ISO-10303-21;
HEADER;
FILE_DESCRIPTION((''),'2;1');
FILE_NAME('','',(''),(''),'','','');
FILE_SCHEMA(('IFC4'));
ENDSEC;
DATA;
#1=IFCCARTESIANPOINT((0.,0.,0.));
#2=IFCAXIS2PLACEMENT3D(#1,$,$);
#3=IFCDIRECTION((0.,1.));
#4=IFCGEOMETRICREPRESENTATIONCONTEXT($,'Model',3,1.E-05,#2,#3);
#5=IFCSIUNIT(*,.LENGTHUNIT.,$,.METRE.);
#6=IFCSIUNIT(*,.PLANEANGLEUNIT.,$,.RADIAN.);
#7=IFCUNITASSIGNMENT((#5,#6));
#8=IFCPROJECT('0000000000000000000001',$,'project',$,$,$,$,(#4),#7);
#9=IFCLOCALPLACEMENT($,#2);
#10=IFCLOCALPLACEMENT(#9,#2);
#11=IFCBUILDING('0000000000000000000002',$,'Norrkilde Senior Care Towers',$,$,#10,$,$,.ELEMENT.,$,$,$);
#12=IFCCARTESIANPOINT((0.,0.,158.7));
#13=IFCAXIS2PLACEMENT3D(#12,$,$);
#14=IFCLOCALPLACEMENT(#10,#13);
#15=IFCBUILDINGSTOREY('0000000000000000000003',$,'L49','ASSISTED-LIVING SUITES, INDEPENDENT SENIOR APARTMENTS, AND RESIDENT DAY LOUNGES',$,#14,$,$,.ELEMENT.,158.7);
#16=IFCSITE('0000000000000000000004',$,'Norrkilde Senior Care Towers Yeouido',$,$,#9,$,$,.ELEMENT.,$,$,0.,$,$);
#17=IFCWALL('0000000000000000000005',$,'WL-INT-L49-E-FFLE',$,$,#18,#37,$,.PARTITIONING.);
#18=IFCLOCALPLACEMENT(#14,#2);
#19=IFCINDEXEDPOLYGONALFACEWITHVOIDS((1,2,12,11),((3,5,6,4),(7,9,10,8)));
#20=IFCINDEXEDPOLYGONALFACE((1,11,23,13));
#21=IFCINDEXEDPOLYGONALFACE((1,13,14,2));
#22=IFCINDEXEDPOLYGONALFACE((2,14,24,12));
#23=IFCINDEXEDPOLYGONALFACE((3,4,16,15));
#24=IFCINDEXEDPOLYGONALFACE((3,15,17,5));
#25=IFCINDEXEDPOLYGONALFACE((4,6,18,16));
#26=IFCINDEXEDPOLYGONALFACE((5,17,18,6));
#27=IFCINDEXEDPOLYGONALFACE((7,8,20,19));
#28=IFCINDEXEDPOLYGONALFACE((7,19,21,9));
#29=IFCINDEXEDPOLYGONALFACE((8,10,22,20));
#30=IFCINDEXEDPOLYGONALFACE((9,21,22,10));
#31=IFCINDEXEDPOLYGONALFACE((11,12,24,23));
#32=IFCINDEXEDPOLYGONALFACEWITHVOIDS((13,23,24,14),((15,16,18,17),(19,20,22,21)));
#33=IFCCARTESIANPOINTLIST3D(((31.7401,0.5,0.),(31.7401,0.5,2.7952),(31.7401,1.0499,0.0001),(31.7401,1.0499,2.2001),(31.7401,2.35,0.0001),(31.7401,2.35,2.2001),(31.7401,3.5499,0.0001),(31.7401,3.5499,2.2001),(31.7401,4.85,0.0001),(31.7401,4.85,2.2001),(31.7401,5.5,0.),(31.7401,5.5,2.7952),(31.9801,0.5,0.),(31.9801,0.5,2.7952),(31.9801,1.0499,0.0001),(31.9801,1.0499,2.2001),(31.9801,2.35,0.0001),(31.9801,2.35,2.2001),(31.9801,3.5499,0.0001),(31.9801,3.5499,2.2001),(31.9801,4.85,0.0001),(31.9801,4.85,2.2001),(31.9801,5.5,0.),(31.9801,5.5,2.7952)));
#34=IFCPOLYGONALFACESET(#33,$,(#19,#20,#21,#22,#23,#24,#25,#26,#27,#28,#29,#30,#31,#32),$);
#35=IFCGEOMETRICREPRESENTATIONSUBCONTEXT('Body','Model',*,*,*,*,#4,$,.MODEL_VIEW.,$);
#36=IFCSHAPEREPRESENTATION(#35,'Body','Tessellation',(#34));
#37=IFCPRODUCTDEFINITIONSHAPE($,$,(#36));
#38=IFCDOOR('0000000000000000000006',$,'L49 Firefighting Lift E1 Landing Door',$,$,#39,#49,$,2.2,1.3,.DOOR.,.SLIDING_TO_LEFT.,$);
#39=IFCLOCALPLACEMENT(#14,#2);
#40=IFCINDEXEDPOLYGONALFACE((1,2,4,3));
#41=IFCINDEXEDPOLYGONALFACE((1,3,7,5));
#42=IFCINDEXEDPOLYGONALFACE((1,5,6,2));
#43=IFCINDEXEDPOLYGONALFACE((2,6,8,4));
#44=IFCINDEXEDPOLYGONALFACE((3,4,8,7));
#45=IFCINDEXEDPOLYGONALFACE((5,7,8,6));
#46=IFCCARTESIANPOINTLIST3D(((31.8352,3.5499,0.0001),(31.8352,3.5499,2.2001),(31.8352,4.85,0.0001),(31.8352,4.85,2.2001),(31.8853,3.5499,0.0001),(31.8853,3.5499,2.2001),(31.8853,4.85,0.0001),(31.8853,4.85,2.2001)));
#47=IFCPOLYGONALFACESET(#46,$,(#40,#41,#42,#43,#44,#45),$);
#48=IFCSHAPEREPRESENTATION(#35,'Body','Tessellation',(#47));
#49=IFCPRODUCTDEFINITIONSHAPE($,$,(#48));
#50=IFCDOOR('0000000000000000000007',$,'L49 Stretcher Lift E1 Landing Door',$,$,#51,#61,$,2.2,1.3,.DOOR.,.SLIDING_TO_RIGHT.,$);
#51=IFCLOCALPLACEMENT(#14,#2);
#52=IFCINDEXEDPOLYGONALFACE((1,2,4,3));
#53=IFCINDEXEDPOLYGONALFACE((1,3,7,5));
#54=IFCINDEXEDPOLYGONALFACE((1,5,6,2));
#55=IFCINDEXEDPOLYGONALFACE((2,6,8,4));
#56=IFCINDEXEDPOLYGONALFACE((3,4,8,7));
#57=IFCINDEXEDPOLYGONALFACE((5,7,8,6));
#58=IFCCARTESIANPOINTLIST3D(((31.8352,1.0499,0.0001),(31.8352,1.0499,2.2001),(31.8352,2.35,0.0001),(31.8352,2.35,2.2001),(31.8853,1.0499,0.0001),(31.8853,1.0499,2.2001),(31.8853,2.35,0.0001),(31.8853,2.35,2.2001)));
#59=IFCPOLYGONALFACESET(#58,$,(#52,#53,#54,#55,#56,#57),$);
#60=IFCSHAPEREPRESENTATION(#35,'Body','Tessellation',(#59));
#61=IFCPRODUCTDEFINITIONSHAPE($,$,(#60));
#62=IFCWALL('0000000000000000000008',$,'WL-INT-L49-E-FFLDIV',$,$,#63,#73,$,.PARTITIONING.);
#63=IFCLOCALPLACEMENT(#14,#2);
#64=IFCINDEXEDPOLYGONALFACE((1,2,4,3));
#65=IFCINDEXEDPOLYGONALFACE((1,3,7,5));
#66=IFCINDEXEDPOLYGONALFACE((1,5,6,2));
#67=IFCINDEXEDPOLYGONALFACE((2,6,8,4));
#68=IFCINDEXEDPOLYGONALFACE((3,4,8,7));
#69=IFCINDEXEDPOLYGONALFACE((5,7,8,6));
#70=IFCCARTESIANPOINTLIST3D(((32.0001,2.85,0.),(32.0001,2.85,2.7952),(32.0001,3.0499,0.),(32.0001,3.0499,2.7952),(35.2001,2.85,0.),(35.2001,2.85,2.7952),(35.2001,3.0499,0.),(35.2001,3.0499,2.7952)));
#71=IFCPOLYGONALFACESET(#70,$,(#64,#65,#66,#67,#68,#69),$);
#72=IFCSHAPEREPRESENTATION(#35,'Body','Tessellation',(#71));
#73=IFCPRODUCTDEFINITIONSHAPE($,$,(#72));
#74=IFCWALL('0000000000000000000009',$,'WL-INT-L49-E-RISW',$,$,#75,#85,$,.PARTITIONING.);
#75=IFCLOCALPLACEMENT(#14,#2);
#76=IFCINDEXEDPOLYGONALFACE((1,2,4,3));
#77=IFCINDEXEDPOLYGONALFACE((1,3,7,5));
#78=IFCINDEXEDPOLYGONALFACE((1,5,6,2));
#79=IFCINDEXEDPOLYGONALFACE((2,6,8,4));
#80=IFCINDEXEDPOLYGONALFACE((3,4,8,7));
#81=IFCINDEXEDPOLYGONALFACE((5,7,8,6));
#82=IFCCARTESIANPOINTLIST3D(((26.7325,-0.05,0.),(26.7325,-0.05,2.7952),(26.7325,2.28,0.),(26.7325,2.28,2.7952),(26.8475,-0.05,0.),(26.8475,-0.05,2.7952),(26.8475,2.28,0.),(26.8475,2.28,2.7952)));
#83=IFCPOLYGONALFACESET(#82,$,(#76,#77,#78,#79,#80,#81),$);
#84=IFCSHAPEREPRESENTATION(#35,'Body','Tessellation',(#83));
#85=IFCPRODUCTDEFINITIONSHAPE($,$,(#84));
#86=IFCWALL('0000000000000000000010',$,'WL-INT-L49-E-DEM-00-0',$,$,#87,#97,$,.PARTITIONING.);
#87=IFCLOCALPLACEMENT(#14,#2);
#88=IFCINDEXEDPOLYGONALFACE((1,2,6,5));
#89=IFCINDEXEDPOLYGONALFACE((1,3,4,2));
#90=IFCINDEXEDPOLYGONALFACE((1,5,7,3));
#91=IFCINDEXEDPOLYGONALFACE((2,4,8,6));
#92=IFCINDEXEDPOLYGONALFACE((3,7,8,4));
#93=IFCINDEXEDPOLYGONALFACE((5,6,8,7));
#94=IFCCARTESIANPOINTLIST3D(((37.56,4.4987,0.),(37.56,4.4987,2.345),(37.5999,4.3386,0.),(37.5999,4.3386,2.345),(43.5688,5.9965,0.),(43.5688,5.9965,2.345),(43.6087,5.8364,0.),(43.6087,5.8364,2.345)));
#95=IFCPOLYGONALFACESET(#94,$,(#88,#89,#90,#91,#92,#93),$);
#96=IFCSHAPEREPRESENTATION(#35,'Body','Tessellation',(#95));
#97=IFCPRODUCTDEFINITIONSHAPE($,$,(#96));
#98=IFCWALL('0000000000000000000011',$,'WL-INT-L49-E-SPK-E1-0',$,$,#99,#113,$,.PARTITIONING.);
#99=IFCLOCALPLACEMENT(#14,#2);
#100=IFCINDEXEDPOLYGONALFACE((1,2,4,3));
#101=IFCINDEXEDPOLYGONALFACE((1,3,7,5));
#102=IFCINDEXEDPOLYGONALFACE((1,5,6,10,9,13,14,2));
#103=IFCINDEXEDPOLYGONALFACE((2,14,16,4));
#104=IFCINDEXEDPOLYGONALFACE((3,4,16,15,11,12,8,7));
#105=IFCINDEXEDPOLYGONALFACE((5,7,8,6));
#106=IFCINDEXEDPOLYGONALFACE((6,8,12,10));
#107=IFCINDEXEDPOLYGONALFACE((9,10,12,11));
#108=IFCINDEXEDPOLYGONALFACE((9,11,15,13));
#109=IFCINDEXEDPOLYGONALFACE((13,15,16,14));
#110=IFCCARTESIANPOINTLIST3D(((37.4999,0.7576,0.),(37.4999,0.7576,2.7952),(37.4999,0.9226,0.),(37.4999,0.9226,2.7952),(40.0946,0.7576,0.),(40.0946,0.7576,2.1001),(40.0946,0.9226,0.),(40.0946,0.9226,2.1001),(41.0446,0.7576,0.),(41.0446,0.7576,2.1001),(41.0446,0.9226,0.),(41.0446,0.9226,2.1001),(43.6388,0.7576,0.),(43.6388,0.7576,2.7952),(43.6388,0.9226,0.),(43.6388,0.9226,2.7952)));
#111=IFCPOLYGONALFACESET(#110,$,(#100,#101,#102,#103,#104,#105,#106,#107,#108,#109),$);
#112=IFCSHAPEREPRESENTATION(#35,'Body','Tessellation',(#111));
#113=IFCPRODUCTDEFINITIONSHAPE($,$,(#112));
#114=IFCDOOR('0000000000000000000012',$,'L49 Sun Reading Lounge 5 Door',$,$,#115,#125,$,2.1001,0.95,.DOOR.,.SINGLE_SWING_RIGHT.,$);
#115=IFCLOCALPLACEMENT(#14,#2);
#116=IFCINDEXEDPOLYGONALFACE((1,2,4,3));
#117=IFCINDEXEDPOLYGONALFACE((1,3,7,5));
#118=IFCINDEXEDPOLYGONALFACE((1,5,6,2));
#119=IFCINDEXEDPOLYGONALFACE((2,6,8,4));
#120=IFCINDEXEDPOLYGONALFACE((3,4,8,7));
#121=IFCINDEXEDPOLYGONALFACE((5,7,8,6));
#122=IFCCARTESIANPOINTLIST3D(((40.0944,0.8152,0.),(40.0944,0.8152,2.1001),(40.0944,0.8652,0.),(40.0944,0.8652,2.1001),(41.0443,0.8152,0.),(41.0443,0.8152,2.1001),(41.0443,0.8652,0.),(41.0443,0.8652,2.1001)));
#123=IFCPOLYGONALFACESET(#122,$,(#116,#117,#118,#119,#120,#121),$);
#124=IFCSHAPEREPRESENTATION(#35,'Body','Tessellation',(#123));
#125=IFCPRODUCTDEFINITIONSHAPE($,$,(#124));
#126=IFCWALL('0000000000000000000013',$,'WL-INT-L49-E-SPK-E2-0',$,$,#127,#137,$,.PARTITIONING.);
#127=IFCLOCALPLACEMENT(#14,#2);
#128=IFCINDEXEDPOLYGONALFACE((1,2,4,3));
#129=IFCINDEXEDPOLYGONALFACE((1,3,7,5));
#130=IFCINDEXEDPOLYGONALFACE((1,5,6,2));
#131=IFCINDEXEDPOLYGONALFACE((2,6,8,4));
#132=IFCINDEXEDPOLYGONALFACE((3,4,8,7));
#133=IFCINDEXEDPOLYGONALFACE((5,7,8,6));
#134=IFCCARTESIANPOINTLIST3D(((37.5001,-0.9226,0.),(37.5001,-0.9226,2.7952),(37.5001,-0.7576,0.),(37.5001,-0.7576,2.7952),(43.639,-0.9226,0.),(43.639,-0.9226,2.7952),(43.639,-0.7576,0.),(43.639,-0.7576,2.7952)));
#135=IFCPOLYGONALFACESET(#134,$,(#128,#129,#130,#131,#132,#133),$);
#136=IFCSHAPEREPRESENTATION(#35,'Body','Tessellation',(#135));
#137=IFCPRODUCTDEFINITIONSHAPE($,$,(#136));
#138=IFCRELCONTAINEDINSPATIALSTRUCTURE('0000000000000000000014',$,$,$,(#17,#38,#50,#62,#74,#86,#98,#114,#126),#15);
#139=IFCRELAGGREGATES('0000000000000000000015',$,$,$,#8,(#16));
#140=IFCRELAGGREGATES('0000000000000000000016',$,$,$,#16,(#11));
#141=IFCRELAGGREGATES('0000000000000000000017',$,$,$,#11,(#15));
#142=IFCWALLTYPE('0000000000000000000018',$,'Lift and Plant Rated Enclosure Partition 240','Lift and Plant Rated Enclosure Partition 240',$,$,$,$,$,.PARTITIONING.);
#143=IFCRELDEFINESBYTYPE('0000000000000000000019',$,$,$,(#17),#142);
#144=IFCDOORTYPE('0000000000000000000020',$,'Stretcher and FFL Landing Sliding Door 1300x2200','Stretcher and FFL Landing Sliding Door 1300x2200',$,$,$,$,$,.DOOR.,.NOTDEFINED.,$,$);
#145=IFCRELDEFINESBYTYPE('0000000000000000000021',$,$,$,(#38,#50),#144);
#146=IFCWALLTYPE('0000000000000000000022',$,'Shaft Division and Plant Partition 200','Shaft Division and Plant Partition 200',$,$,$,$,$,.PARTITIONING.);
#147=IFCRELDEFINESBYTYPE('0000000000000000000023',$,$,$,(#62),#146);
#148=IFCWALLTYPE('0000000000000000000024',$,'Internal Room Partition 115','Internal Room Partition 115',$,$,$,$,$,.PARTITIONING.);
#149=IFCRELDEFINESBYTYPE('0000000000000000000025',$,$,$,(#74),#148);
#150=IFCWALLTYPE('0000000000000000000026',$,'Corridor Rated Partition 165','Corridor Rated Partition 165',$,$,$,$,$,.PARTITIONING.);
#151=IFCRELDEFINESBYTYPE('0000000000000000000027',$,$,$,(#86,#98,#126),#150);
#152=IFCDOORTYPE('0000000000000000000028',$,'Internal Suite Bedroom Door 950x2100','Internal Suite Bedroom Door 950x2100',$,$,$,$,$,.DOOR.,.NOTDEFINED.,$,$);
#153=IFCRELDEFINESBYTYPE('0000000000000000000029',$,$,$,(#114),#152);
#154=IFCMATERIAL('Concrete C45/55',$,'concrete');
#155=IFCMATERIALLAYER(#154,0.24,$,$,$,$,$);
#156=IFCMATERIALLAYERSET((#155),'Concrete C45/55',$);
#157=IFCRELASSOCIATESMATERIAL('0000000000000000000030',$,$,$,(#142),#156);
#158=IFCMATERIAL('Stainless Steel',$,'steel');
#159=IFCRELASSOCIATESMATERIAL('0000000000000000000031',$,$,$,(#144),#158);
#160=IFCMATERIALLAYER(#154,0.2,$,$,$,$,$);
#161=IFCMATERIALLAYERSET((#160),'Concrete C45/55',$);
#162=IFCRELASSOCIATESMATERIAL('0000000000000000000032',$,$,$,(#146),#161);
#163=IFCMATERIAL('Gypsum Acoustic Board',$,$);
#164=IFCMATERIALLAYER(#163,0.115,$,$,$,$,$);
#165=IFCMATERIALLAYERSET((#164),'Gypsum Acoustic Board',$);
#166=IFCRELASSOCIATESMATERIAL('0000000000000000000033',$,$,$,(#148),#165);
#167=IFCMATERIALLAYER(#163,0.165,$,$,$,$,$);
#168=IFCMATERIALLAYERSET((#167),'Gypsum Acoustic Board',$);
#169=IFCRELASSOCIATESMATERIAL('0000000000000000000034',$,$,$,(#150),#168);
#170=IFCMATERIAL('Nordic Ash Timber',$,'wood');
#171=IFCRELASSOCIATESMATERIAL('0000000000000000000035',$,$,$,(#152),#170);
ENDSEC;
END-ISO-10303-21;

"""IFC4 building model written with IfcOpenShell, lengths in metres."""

from ifc_helpers import new_model, si_unit, direction, frame, frame_2d, origin, place, context, subcontext, project, spatial, rectangle, extrude, source, transform, mapped, material, layer, layer_set, type_object, type_shapes, element, fill, save


model = new_model("IFC4")

# Units and contexts
model_context = context("Model", 3, precision=1e-05, world=origin(), true_north=direction((0.0, 1.0)))
body_context = subcontext(model_context, "Body", "Model", "MODEL_VIEW")
ifc_project = project(units=[si_unit("LENGTHUNIT", "METRE"), si_unit("PLANEANGLEUNIT", "RADIAN")], contexts=[model_context])

# Site, building, storey
site_placement = place(None, origin())
site = spatial("IfcSite", under=ifc_project, at=site_placement, Name="Norrkilde Senior Care Towers Yeouido", CompositionType="ELEMENT", RefElevation=0.0)
building_placement = place(site_placement, origin())
building = spatial("IfcBuilding", under=site, at=building_placement, Name="Norrkilde Senior Care Towers", CompositionType="ELEMENT")
storey_placement = place(building_placement, frame((0.0, 0.0, 158.7)))
storey = spatial("IfcBuildingStorey", under=building, at=storey_placement, Name="L49", Description="ASSISTED-LIVING SUITES, INDEPENDENT SENIOR APARTMENTS, AND RESIDENT DAY LOUNGES", CompositionType="ELEMENT", Elevation=158.7)

# Shared definitions
ifc_material_1 = material(Name="Concrete C45/55", Category="concrete")

# Wall, openings, doors
ifc_layer_1 = layer(ifc_material_1, 0.24)
ifc_layer_set_1 = layer_set([ifc_layer_1], Name="Concrete C45/55")
wall_type_1 = type_object("IfcWallType", Name="Lift and Plant Rated Enclosure Partition 240", Description="Lift and Plant Rated Enclosure Partition 240", PredefinedType="PARTITIONING", material=ifc_layer_set_1)
shared_shape_1 = source(origin(), body_context, "Body", "SweptSolid", [
    extrude(rectangle(XDim=5.0, YDim=0.24, at=frame_2d((2.5, 0.0))), origin(), (0.0, 0.0, 1.0), 2.7952),
])
type_shapes(wall_type_1, [shared_shape_1])
wall_1_placement = place(storey_placement, frame((31.8601, 0.5, 0.0), z_axis=(0.0, 0.0, 1.0), x_axis=(0.0, 1.0, 0.0)))
wall_1 = element("IfcWall", 1, at=wall_1_placement, inside=storey, type_object=wall_type_1, Name="WL-INT-L49-E-FFLE", PredefinedType="PARTITIONING", context=body_context, shape_type="MappedRepresentation", body=[
    mapped(shared_shape_1, transform((0.0, 0.0, 0.0), x_axis=(1.0, 0.0, 0.0), y_axis=(0.0, 1.0, 0.0), z_axis=(0.0, 0.0, 1.0), scale=1.0)),
])
opening_1_placement = place(wall_1_placement, frame((3.05, 0.0, 0.0)))
opening_1 = element("IfcOpeningElement", 2, at=opening_1_placement, cuts=wall_1, PredefinedType="OPENING", context=body_context, shape_type="SweptSolid", body=[
    extrude(rectangle(XDim=1.3, YDim=2.2, at=frame_2d((0.6499, 1.1001))), frame((0.0, 0.1299, 0.0), z_axis=(0.0, -1.0, 0.0), x_axis=(1.0, 0.0, 0.0)), (0.0, 0.0, 1.0), 0.26),
])
opening_2_placement = place(wall_1_placement, frame((0.55, 0.0, 0.0)))
opening_2 = element("IfcOpeningElement", 3, at=opening_2_placement, cuts=wall_1, PredefinedType="OPENING", context=body_context, shape_type="SweptSolid", body=[
    extrude(rectangle(XDim=1.3, YDim=2.2, at=frame_2d((0.6499, 1.1001))), frame((0.0, 0.1299, 0.0), z_axis=(0.0, -1.0, 0.0), x_axis=(1.0, 0.0, 0.0)), (0.0, 0.0, 1.0), 0.26),
])
ifc_material_2 = material(Name="Stainless Steel", Category="steel")
door_type_1 = type_object("IfcDoorType", Name="Stretcher and FFL Landing Sliding Door 1300x2200", Description="Stretcher and FFL Landing Sliding Door 1300x2200", OperationType="NOTDEFINED", PredefinedType="DOOR", material=ifc_material_2)
shared_shape_2 = source(origin(), body_context, "Body", "SweptSolid", [
    extrude(rectangle(XDim=1.3, YDim=2.2, at=frame_2d((0.6499, 1.1001))), frame((0.0, 0.0249, 0.0), z_axis=(0.0, -1.0, 0.0), x_axis=(1.0, 0.0, 0.0)), (0.0, 0.0, 1.0), 0.05),
])
type_shapes(door_type_1, [shared_shape_2])
door_1_placement = place(opening_1_placement, origin())
door_1 = element("IfcDoor", 4, at=door_1_placement, inside=storey, type_object=door_type_1, Name="L49 Firefighting Lift E1 Landing Door", OperationType="SLIDING_TO_LEFT", OverallHeight=2.2, OverallWidth=1.3, PredefinedType="DOOR", context=body_context, shape_type="MappedRepresentation", body=[
    mapped(shared_shape_2, transform((0.0, 0.0, 0.0), x_axis=(1.0, 0.0, 0.0), y_axis=(0.0, 1.0, 0.0), z_axis=(0.0, 0.0, 1.0), scale=1.0)),
])
fill(opening_1, door_1)
door_2_placement = place(opening_2_placement, origin())
door_2 = element("IfcDoor", 5, at=door_2_placement, inside=storey, type_object=door_type_1, Name="L49 Stretcher Lift E1 Landing Door", OperationType="SLIDING_TO_RIGHT", OverallHeight=2.2, OverallWidth=1.3, PredefinedType="DOOR", context=body_context, shape_type="MappedRepresentation", body=[
    mapped(shared_shape_2, transform((0.0, 0.0, 0.0), x_axis=(1.0, 0.0, 0.0), y_axis=(0.0, 1.0, 0.0), z_axis=(0.0, 0.0, 1.0), scale=1.0)),
])
fill(opening_2, door_2)

# Wall
ifc_layer_2 = layer(ifc_material_1, 0.2)
ifc_layer_set_2 = layer_set([ifc_layer_2], Name="Concrete C45/55")
wall_type_2 = type_object("IfcWallType", Name="Shaft Division and Plant Partition 200", Description="Shaft Division and Plant Partition 200", PredefinedType="PARTITIONING", material=ifc_layer_set_2)
shared_shape_3 = source(origin(), body_context, "Body", "SweptSolid", [
    extrude(rectangle(XDim=3.2, YDim=0.2, at=frame_2d((1.6001, 0.0))), origin(), (0.0, 0.0, 1.0), 2.7952),
])
type_shapes(wall_type_2, [shared_shape_3])
wall_2_placement = place(storey_placement, frame((32.0, 2.95, 0.0), z_axis=(0.0, 0.0, 1.0), x_axis=(1.0, 0.0, 0.0)))
element("IfcWall", 6, at=wall_2_placement, inside=storey, type_object=wall_type_2, Name="WL-INT-L49-E-FFLDIV", PredefinedType="PARTITIONING", context=body_context, shape_type="MappedRepresentation", body=[
    mapped(shared_shape_3, transform((0.0, 0.0, 0.0), x_axis=(1.0, 0.0, 0.0), y_axis=(0.0, 1.0, 0.0), z_axis=(0.0, 0.0, 1.0), scale=1.0)),
])

# Walls
ifc_material_3 = material(Name="Gypsum Acoustic Board")
ifc_layer_3 = layer(ifc_material_3, 0.115)
ifc_layer_set_3 = layer_set([ifc_layer_3], Name="Gypsum Acoustic Board")
wall_type_3 = type_object("IfcWallType", Name="Internal Room Partition 115", Description="Internal Room Partition 115", PredefinedType="PARTITIONING", material=ifc_layer_set_3)
shared_shape_4 = source(origin(), body_context, "Body", "SweptSolid", [
    extrude(rectangle(XDim=2.3301, YDim=0.115, at=frame_2d((1.165, 0.0))), origin(), (0.0, 0.0, 1.0), 2.7952),
])
type_shapes(wall_type_3, [shared_shape_4])
wall_3_placement = place(storey_placement, frame((26.79, -0.05, 0.0), z_axis=(0.0, 0.0, 1.0), x_axis=(0.0, 1.0, 0.0)))
element("IfcWall", 7, at=wall_3_placement, inside=storey, type_object=wall_type_3, Name="WL-INT-L49-E-RISW", PredefinedType="PARTITIONING", context=body_context, shape_type="MappedRepresentation", body=[
    mapped(shared_shape_4, transform((0.0, 0.0, 0.0), x_axis=(1.0, 0.0, 0.0), y_axis=(0.0, 1.0, 0.0), z_axis=(0.0, 0.0, 1.0), scale=1.0)),
])
ifc_layer_4 = layer(ifc_material_3, 0.165)
ifc_layer_set_4 = layer_set([ifc_layer_4], Name="Gypsum Acoustic Board")
wall_type_4 = type_object("IfcWallType", Name="Corridor Rated Partition 165", Description="Corridor Rated Partition 165", PredefinedType="PARTITIONING", material=ifc_layer_set_4)
shared_shape_5 = source(origin(), body_context, "Body", "SweptSolid", [
    extrude(rectangle(XDim=6.1926, YDim=0.165, at=frame_2d((3.0962, 0.0))), origin(), (0.0, 0.0, 1.0), 2.345),
])
wall_4_placement = place(storey_placement, frame((37.5801, 4.4187, 0.0), z_axis=(0.0, 0.0, 1.0), x_axis=(0.970309, 0.241868, 0.0)))
element("IfcWall", 8, at=wall_4_placement, inside=storey, type_object=wall_type_4, Name="WL-INT-L49-E-DEM-00-0", PredefinedType="PARTITIONING", context=body_context, shape_type="MappedRepresentation", body=[
    mapped(shared_shape_5, transform((0.0, 0.0, 0.0), x_axis=(1.0, 0.0, 0.0), y_axis=(0.0, 1.0, 0.0), z_axis=(0.0, 0.0, 1.0), scale=1.0)),
])

# Wall, opening, door
shared_shape_6 = source(origin(), body_context, "Body", "SweptSolid", [
    extrude(rectangle(XDim=6.1389, YDim=0.165, at=frame_2d((3.0693, 0.0))), origin(), (0.0, 0.0, 1.0), 2.7952),
])
type_shapes(wall_type_4, [shared_shape_5, shared_shape_6])
wall_5_placement = place(storey_placement, frame((37.5, 0.8401, 0.0), z_axis=(0.0, 0.0, 1.0), x_axis=(1.0, 0.0, 0.0)))
wall_5 = element("IfcWall", 9, at=wall_5_placement, inside=storey, type_object=wall_type_4, Name="WL-INT-L49-E-SPK-E1-0", PredefinedType="PARTITIONING", context=body_context, shape_type="MappedRepresentation", body=[
    mapped(shared_shape_6, transform((0.0, 0.0, 0.0), x_axis=(1.0, 0.0, 0.0), y_axis=(0.0, 1.0, 0.0), z_axis=(0.0, 0.0, 1.0), scale=1.0)),
])
opening_3_placement = place(wall_5_placement, frame((2.5945, 0.0, 0.0)))
opening_3 = element("IfcOpeningElement", 10, at=opening_3_placement, cuts=wall_5, PredefinedType="OPENING", context=body_context, shape_type="SweptSolid", body=[
    extrude(rectangle(XDim=0.95, YDim=2.1001, at=frame_2d((0.4751, 1.05))), frame((0.0, 0.0925, 0.0), z_axis=(0.0, -1.0, 0.0), x_axis=(1.0, 0.0, 0.0)), (0.0, 0.0, 1.0), 0.1851),
])
ifc_material_4 = material(Name="Nordic Ash Timber", Category="wood")
door_type_2 = type_object("IfcDoorType", Name="Internal Suite Bedroom Door 950x2100", Description="Internal Suite Bedroom Door 950x2100", OperationType="NOTDEFINED", PredefinedType="DOOR", material=ifc_material_4)
shared_shape_7 = source(origin(), body_context, "Body", "SweptSolid", [
    extrude(rectangle(XDim=0.95, YDim=2.1001, at=frame_2d((0.4751, 1.05))), frame((0.0, 0.0249, 0.0), z_axis=(0.0, -1.0, 0.0), x_axis=(1.0, 0.0, 0.0)), (0.0, 0.0, 1.0), 0.05),
])
type_shapes(door_type_2, [shared_shape_7])
door_3_placement = place(opening_3_placement, frame((0.95, 0.0, 0.0), z_axis=(0.0, 0.0, 1.0), x_axis=(-1.0, 0.0, 0.0)))
door_3 = element("IfcDoor", 11, at=door_3_placement, inside=storey, type_object=door_type_2, Name="L49 Sun Reading Lounge 5 Door", OperationType="SINGLE_SWING_RIGHT", OverallHeight=2.1001, OverallWidth=0.95, PredefinedType="DOOR", context=body_context, shape_type="MappedRepresentation", body=[
    mapped(shared_shape_7, transform((0.0, 0.0, 0.0), x_axis=(1.0, 0.0, 0.0), y_axis=(0.0, 1.0, 0.0), z_axis=(0.0, 0.0, 1.0), scale=1.0)),
])
fill(opening_3, door_3)

# Wall
wall_6_placement = place(storey_placement, frame((43.6389, -0.8401, 0.0), z_axis=(0.0, 0.0, 1.0), x_axis=(-1.0, 0.0, 0.0)))
element("IfcWall", 12, at=wall_6_placement, inside=storey, type_object=wall_type_4, Name="WL-INT-L49-E-SPK-E2-0", PredefinedType="PARTITIONING", context=body_context, shape_type="MappedRepresentation", body=[
    mapped(shared_shape_6, transform((0.0, 0.0, 0.0), x_axis=(1.0, 0.0, 0.0), y_axis=(0.0, 1.0, 0.0), z_axis=(0.0, 0.0, 1.0), scale=1.0)),
])

save(model, "model.ifc")
